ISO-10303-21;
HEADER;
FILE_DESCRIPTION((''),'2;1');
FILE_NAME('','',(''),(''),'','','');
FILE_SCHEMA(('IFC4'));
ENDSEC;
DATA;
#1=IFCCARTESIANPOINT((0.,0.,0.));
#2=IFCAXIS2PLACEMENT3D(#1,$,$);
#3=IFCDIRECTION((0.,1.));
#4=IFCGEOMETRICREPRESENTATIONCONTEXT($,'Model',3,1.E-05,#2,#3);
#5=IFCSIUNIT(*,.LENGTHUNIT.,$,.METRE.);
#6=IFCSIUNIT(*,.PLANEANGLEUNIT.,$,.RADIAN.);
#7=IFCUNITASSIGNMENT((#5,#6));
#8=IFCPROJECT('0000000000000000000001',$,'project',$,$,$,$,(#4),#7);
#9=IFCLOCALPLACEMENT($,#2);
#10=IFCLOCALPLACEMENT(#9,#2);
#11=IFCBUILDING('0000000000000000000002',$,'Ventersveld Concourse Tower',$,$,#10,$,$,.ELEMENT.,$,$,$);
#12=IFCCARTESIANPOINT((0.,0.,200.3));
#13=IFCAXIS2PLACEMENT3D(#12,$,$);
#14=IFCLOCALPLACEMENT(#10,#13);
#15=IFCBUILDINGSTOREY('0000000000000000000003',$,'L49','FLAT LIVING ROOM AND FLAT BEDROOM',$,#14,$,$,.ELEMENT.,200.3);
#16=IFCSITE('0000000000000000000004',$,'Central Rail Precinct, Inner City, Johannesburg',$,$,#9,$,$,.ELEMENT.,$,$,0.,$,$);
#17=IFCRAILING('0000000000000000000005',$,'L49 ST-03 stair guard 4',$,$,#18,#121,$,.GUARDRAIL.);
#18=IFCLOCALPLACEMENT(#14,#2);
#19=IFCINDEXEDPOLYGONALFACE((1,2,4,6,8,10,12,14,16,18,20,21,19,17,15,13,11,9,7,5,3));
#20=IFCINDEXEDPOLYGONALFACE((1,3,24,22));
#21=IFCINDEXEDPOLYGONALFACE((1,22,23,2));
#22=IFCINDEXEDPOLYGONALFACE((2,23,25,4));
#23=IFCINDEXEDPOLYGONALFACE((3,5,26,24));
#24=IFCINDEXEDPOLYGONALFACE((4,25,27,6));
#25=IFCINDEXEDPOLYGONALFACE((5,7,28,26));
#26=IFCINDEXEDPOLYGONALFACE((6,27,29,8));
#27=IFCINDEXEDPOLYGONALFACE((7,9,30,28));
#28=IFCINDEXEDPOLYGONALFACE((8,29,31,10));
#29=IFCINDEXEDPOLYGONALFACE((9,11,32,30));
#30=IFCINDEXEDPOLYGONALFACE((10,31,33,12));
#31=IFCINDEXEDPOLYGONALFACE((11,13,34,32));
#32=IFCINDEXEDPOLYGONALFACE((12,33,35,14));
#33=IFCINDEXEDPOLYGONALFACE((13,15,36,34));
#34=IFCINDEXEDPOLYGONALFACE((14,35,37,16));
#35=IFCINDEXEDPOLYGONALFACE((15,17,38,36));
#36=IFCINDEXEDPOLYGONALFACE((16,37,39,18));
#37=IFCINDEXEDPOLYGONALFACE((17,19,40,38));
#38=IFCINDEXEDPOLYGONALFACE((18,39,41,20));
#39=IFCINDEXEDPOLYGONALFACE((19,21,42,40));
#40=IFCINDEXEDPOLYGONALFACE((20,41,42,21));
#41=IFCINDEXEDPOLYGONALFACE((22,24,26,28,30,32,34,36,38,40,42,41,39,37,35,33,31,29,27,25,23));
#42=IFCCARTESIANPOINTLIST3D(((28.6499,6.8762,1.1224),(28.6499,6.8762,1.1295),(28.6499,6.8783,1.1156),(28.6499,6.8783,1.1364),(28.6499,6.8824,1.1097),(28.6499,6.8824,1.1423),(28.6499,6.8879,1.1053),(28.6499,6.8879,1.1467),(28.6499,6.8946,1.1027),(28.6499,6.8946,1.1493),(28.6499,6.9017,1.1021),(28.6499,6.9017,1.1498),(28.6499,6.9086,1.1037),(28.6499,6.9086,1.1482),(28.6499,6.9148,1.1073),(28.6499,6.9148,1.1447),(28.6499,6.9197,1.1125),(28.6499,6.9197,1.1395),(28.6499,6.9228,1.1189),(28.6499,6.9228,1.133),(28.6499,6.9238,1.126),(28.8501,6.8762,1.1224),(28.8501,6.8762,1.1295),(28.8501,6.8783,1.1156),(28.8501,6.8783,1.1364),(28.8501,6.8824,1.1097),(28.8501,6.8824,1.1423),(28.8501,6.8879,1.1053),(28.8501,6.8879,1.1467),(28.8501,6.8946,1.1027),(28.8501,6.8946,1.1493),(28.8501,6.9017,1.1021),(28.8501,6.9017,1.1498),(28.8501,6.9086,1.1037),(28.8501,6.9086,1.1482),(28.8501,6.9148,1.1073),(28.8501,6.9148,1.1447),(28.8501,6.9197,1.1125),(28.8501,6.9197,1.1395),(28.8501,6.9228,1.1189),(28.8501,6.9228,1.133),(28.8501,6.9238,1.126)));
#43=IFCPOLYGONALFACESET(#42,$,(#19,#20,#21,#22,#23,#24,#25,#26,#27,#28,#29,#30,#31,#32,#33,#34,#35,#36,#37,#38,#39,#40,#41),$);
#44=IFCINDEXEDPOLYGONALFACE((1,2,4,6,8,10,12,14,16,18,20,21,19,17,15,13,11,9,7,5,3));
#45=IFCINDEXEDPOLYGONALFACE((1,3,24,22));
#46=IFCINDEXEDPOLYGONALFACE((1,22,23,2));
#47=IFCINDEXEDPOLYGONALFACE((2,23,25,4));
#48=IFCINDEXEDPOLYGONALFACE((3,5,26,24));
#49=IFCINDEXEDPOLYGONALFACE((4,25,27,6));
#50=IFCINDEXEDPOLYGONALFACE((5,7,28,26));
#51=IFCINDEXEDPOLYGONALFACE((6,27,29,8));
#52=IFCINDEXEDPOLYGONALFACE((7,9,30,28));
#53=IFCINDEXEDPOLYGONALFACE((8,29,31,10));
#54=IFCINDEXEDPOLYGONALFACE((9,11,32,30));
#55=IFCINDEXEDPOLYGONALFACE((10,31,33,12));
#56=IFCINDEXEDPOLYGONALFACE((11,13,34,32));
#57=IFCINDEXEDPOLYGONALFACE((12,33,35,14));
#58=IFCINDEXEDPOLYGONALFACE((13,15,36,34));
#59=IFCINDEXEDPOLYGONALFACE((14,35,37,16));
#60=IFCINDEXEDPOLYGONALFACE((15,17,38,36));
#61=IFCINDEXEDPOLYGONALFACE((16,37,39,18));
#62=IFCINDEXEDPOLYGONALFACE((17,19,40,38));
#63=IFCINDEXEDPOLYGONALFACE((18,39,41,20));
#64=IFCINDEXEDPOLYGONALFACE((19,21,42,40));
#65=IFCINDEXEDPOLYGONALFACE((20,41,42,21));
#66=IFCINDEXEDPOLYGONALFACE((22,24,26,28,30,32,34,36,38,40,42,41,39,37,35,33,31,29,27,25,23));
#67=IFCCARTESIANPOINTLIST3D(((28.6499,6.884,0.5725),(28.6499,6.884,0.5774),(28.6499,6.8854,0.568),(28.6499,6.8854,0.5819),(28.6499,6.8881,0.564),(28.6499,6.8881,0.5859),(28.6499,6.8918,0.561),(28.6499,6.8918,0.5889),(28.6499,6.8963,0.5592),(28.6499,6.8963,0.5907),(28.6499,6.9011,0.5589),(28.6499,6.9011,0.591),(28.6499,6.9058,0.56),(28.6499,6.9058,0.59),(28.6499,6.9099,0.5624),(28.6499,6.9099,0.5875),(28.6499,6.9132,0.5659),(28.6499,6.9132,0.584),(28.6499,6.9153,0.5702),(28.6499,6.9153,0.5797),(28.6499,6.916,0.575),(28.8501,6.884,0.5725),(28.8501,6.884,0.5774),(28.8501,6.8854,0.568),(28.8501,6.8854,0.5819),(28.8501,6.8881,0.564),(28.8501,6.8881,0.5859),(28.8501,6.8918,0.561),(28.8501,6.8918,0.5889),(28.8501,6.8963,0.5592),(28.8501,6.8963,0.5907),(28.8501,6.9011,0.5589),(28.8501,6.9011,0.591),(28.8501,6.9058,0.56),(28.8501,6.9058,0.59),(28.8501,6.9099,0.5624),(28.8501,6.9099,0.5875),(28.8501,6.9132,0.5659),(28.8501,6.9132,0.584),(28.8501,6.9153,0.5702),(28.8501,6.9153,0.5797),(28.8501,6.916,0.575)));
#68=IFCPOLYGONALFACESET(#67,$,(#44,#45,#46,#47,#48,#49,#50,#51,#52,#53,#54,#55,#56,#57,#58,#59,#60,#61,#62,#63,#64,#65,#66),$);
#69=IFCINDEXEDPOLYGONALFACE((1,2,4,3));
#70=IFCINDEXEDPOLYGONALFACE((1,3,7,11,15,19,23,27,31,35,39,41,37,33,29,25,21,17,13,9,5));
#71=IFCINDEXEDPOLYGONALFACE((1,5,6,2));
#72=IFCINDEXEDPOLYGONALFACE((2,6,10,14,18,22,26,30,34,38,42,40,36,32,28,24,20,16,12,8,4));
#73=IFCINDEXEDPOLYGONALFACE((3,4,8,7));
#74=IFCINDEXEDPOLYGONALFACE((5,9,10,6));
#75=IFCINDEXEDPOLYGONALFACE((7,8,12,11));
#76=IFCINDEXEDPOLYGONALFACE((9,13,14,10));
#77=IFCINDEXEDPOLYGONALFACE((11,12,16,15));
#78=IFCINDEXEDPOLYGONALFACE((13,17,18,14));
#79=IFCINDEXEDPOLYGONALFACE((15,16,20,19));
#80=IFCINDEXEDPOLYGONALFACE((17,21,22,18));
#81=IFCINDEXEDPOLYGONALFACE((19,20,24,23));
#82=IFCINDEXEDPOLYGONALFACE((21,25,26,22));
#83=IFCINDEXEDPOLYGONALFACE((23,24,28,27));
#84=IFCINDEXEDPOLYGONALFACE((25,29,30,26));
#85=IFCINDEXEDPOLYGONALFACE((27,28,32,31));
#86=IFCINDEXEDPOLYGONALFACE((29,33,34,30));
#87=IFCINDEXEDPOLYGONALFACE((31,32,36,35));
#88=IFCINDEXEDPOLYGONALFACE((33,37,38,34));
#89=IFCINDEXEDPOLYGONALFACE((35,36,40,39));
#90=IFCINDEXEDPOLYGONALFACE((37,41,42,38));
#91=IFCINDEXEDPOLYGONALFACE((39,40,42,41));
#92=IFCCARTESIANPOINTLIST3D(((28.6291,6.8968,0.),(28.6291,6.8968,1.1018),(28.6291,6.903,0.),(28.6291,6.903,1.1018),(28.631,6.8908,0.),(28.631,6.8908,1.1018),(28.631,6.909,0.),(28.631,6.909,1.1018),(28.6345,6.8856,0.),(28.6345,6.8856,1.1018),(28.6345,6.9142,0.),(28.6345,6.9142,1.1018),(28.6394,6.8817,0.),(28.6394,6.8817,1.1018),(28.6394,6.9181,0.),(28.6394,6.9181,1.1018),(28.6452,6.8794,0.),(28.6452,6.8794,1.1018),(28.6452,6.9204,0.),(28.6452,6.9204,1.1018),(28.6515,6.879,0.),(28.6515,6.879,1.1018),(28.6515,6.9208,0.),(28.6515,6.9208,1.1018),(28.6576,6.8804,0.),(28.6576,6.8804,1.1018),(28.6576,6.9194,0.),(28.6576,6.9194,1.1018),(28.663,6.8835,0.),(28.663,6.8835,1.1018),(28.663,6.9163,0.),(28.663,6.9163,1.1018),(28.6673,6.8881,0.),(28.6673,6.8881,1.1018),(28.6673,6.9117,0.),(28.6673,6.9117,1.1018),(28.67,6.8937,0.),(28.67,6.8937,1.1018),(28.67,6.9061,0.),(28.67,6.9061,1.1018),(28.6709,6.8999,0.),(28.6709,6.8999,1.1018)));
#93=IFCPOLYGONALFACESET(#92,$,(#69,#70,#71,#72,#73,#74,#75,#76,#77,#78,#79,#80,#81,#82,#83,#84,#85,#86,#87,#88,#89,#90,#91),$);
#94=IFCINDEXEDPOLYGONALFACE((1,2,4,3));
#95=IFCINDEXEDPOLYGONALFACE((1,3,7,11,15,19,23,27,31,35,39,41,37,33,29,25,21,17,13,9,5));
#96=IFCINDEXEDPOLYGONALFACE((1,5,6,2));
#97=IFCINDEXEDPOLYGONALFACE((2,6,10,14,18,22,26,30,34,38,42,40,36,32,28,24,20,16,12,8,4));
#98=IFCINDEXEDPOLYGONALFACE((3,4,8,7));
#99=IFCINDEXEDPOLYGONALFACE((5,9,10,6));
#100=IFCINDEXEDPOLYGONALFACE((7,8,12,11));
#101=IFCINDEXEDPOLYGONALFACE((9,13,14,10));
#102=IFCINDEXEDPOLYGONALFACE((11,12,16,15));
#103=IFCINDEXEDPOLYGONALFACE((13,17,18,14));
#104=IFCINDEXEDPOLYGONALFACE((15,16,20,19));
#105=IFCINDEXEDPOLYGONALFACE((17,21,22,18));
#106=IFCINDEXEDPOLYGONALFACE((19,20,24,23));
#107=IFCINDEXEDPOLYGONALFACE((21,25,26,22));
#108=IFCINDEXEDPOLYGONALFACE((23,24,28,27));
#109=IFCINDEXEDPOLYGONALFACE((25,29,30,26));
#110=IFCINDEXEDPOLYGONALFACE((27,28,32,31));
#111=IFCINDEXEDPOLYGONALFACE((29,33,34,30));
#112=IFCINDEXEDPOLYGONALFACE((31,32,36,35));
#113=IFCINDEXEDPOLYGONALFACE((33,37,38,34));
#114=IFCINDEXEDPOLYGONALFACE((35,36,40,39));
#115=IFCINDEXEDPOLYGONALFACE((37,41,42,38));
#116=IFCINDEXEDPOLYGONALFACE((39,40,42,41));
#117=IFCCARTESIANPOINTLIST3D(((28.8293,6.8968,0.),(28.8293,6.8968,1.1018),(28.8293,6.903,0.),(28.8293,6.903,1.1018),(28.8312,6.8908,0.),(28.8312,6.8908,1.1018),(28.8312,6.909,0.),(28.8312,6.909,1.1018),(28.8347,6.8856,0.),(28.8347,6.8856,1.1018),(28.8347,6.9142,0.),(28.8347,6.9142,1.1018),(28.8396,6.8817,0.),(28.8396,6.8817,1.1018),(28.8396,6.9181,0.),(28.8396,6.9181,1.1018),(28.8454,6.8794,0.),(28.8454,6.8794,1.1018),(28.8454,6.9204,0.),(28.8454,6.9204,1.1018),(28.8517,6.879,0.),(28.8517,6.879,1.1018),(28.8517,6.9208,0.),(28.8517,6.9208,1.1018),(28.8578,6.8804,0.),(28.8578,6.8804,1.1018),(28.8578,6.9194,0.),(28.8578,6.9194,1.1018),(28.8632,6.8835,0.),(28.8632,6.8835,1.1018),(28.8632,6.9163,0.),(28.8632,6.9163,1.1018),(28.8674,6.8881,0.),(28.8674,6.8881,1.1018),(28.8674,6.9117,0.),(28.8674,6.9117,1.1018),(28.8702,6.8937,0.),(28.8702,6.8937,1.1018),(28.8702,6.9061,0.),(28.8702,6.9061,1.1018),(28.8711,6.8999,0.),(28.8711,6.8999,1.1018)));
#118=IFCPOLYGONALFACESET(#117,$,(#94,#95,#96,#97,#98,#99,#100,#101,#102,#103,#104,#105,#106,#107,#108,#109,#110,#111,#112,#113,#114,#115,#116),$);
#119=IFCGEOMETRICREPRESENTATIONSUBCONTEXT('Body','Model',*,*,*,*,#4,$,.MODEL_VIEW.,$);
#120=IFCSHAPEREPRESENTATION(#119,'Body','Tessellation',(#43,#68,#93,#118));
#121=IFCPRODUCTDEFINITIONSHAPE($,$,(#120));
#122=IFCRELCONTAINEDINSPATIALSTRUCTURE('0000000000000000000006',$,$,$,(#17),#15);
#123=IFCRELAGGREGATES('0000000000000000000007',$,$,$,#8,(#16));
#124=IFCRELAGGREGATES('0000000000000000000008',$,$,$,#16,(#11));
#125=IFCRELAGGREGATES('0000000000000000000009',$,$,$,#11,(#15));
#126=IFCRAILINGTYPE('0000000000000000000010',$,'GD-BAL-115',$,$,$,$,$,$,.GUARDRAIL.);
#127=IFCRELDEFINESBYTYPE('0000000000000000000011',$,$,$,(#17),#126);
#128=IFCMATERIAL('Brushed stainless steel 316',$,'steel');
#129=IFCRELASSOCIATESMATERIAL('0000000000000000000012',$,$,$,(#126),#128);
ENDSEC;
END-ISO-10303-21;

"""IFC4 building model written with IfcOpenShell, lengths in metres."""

from ifc_helpers import new_model, si_unit, direction, frame, origin, origin_2d, place, context, subcontext, project, spatial, circle, extrude, material, type_object, element, save


model = new_model("IFC4")

# Units and contexts
model_context = context("Model", 3, precision=1e-05, world=origin(), true_north=direction((0.0, 1.0)))
body_context = subcontext(model_context, "Body", "Model", "MODEL_VIEW")
ifc_project = project(units=[si_unit("LENGTHUNIT", "METRE"), si_unit("PLANEANGLEUNIT", "RADIAN")], contexts=[model_context])

# Site, building, storey
site_placement = place(None, origin())
site = spatial("IfcSite", under=ifc_project, at=site_placement, Name="Central Rail Precinct, Inner City, Johannesburg", CompositionType="ELEMENT", RefElevation=0.0)
building_placement = place(site_placement, origin())
building = spatial("IfcBuilding", under=site, at=building_placement, Name="Ventersveld Concourse Tower", CompositionType="ELEMENT")
storey_placement = place(building_placement, frame((0.0, 0.0, 200.3)))
storey = spatial("IfcBuildingStorey", under=building, at=storey_placement, Name="L49", Description="FLAT LIVING ROOM AND FLAT BEDROOM", CompositionType="ELEMENT", Elevation=200.3)

# Shared definitions
ifc_material_1 = material(Name="Brushed stainless steel 316", Category="steel")

# Railing
railing_type_1 = type_object("IfcRailingType", Name="GD-BAL-115", PredefinedType="GUARDRAIL", material=ifc_material_1)
railing_1_placement = place(storey_placement, frame((28.6499, 6.8999, 0.0)))
element("IfcRailing", 1, at=railing_1_placement, inside=storey, type_object=railing_type_1, Name="L49 ST-03 stair guard 4", PredefinedType="GUARDRAIL", context=body_context, shape_type="SweptSolid", body=[
    extrude(circle(Radius=0.0239, at=origin_2d()), frame((0.0, 0.0, 1.126), z_axis=(1.0, 0.0, 0.0), x_axis=(0.0, 1.0, 0.0)), (0.0, 0.0, 1.0), 0.2002),
    extrude(circle(Radius=0.0161, at=origin_2d()), frame((0.0, 0.0, 0.575), z_axis=(1.0, 0.0, 0.0), x_axis=(0.0, 1.0, 0.0)), (0.0, 0.0, 1.0), 0.2002),
    extrude(circle(Radius=0.021, at=origin_2d()), origin(), (0.0, 0.0, 1.0), 1.1018),
    extrude(circle(Radius=0.021, at=origin_2d()), frame((0.2002, 0.0, 0.0)), (0.0, 0.0, 1.0), 1.1018),
])

save(model, "model.ifc")
